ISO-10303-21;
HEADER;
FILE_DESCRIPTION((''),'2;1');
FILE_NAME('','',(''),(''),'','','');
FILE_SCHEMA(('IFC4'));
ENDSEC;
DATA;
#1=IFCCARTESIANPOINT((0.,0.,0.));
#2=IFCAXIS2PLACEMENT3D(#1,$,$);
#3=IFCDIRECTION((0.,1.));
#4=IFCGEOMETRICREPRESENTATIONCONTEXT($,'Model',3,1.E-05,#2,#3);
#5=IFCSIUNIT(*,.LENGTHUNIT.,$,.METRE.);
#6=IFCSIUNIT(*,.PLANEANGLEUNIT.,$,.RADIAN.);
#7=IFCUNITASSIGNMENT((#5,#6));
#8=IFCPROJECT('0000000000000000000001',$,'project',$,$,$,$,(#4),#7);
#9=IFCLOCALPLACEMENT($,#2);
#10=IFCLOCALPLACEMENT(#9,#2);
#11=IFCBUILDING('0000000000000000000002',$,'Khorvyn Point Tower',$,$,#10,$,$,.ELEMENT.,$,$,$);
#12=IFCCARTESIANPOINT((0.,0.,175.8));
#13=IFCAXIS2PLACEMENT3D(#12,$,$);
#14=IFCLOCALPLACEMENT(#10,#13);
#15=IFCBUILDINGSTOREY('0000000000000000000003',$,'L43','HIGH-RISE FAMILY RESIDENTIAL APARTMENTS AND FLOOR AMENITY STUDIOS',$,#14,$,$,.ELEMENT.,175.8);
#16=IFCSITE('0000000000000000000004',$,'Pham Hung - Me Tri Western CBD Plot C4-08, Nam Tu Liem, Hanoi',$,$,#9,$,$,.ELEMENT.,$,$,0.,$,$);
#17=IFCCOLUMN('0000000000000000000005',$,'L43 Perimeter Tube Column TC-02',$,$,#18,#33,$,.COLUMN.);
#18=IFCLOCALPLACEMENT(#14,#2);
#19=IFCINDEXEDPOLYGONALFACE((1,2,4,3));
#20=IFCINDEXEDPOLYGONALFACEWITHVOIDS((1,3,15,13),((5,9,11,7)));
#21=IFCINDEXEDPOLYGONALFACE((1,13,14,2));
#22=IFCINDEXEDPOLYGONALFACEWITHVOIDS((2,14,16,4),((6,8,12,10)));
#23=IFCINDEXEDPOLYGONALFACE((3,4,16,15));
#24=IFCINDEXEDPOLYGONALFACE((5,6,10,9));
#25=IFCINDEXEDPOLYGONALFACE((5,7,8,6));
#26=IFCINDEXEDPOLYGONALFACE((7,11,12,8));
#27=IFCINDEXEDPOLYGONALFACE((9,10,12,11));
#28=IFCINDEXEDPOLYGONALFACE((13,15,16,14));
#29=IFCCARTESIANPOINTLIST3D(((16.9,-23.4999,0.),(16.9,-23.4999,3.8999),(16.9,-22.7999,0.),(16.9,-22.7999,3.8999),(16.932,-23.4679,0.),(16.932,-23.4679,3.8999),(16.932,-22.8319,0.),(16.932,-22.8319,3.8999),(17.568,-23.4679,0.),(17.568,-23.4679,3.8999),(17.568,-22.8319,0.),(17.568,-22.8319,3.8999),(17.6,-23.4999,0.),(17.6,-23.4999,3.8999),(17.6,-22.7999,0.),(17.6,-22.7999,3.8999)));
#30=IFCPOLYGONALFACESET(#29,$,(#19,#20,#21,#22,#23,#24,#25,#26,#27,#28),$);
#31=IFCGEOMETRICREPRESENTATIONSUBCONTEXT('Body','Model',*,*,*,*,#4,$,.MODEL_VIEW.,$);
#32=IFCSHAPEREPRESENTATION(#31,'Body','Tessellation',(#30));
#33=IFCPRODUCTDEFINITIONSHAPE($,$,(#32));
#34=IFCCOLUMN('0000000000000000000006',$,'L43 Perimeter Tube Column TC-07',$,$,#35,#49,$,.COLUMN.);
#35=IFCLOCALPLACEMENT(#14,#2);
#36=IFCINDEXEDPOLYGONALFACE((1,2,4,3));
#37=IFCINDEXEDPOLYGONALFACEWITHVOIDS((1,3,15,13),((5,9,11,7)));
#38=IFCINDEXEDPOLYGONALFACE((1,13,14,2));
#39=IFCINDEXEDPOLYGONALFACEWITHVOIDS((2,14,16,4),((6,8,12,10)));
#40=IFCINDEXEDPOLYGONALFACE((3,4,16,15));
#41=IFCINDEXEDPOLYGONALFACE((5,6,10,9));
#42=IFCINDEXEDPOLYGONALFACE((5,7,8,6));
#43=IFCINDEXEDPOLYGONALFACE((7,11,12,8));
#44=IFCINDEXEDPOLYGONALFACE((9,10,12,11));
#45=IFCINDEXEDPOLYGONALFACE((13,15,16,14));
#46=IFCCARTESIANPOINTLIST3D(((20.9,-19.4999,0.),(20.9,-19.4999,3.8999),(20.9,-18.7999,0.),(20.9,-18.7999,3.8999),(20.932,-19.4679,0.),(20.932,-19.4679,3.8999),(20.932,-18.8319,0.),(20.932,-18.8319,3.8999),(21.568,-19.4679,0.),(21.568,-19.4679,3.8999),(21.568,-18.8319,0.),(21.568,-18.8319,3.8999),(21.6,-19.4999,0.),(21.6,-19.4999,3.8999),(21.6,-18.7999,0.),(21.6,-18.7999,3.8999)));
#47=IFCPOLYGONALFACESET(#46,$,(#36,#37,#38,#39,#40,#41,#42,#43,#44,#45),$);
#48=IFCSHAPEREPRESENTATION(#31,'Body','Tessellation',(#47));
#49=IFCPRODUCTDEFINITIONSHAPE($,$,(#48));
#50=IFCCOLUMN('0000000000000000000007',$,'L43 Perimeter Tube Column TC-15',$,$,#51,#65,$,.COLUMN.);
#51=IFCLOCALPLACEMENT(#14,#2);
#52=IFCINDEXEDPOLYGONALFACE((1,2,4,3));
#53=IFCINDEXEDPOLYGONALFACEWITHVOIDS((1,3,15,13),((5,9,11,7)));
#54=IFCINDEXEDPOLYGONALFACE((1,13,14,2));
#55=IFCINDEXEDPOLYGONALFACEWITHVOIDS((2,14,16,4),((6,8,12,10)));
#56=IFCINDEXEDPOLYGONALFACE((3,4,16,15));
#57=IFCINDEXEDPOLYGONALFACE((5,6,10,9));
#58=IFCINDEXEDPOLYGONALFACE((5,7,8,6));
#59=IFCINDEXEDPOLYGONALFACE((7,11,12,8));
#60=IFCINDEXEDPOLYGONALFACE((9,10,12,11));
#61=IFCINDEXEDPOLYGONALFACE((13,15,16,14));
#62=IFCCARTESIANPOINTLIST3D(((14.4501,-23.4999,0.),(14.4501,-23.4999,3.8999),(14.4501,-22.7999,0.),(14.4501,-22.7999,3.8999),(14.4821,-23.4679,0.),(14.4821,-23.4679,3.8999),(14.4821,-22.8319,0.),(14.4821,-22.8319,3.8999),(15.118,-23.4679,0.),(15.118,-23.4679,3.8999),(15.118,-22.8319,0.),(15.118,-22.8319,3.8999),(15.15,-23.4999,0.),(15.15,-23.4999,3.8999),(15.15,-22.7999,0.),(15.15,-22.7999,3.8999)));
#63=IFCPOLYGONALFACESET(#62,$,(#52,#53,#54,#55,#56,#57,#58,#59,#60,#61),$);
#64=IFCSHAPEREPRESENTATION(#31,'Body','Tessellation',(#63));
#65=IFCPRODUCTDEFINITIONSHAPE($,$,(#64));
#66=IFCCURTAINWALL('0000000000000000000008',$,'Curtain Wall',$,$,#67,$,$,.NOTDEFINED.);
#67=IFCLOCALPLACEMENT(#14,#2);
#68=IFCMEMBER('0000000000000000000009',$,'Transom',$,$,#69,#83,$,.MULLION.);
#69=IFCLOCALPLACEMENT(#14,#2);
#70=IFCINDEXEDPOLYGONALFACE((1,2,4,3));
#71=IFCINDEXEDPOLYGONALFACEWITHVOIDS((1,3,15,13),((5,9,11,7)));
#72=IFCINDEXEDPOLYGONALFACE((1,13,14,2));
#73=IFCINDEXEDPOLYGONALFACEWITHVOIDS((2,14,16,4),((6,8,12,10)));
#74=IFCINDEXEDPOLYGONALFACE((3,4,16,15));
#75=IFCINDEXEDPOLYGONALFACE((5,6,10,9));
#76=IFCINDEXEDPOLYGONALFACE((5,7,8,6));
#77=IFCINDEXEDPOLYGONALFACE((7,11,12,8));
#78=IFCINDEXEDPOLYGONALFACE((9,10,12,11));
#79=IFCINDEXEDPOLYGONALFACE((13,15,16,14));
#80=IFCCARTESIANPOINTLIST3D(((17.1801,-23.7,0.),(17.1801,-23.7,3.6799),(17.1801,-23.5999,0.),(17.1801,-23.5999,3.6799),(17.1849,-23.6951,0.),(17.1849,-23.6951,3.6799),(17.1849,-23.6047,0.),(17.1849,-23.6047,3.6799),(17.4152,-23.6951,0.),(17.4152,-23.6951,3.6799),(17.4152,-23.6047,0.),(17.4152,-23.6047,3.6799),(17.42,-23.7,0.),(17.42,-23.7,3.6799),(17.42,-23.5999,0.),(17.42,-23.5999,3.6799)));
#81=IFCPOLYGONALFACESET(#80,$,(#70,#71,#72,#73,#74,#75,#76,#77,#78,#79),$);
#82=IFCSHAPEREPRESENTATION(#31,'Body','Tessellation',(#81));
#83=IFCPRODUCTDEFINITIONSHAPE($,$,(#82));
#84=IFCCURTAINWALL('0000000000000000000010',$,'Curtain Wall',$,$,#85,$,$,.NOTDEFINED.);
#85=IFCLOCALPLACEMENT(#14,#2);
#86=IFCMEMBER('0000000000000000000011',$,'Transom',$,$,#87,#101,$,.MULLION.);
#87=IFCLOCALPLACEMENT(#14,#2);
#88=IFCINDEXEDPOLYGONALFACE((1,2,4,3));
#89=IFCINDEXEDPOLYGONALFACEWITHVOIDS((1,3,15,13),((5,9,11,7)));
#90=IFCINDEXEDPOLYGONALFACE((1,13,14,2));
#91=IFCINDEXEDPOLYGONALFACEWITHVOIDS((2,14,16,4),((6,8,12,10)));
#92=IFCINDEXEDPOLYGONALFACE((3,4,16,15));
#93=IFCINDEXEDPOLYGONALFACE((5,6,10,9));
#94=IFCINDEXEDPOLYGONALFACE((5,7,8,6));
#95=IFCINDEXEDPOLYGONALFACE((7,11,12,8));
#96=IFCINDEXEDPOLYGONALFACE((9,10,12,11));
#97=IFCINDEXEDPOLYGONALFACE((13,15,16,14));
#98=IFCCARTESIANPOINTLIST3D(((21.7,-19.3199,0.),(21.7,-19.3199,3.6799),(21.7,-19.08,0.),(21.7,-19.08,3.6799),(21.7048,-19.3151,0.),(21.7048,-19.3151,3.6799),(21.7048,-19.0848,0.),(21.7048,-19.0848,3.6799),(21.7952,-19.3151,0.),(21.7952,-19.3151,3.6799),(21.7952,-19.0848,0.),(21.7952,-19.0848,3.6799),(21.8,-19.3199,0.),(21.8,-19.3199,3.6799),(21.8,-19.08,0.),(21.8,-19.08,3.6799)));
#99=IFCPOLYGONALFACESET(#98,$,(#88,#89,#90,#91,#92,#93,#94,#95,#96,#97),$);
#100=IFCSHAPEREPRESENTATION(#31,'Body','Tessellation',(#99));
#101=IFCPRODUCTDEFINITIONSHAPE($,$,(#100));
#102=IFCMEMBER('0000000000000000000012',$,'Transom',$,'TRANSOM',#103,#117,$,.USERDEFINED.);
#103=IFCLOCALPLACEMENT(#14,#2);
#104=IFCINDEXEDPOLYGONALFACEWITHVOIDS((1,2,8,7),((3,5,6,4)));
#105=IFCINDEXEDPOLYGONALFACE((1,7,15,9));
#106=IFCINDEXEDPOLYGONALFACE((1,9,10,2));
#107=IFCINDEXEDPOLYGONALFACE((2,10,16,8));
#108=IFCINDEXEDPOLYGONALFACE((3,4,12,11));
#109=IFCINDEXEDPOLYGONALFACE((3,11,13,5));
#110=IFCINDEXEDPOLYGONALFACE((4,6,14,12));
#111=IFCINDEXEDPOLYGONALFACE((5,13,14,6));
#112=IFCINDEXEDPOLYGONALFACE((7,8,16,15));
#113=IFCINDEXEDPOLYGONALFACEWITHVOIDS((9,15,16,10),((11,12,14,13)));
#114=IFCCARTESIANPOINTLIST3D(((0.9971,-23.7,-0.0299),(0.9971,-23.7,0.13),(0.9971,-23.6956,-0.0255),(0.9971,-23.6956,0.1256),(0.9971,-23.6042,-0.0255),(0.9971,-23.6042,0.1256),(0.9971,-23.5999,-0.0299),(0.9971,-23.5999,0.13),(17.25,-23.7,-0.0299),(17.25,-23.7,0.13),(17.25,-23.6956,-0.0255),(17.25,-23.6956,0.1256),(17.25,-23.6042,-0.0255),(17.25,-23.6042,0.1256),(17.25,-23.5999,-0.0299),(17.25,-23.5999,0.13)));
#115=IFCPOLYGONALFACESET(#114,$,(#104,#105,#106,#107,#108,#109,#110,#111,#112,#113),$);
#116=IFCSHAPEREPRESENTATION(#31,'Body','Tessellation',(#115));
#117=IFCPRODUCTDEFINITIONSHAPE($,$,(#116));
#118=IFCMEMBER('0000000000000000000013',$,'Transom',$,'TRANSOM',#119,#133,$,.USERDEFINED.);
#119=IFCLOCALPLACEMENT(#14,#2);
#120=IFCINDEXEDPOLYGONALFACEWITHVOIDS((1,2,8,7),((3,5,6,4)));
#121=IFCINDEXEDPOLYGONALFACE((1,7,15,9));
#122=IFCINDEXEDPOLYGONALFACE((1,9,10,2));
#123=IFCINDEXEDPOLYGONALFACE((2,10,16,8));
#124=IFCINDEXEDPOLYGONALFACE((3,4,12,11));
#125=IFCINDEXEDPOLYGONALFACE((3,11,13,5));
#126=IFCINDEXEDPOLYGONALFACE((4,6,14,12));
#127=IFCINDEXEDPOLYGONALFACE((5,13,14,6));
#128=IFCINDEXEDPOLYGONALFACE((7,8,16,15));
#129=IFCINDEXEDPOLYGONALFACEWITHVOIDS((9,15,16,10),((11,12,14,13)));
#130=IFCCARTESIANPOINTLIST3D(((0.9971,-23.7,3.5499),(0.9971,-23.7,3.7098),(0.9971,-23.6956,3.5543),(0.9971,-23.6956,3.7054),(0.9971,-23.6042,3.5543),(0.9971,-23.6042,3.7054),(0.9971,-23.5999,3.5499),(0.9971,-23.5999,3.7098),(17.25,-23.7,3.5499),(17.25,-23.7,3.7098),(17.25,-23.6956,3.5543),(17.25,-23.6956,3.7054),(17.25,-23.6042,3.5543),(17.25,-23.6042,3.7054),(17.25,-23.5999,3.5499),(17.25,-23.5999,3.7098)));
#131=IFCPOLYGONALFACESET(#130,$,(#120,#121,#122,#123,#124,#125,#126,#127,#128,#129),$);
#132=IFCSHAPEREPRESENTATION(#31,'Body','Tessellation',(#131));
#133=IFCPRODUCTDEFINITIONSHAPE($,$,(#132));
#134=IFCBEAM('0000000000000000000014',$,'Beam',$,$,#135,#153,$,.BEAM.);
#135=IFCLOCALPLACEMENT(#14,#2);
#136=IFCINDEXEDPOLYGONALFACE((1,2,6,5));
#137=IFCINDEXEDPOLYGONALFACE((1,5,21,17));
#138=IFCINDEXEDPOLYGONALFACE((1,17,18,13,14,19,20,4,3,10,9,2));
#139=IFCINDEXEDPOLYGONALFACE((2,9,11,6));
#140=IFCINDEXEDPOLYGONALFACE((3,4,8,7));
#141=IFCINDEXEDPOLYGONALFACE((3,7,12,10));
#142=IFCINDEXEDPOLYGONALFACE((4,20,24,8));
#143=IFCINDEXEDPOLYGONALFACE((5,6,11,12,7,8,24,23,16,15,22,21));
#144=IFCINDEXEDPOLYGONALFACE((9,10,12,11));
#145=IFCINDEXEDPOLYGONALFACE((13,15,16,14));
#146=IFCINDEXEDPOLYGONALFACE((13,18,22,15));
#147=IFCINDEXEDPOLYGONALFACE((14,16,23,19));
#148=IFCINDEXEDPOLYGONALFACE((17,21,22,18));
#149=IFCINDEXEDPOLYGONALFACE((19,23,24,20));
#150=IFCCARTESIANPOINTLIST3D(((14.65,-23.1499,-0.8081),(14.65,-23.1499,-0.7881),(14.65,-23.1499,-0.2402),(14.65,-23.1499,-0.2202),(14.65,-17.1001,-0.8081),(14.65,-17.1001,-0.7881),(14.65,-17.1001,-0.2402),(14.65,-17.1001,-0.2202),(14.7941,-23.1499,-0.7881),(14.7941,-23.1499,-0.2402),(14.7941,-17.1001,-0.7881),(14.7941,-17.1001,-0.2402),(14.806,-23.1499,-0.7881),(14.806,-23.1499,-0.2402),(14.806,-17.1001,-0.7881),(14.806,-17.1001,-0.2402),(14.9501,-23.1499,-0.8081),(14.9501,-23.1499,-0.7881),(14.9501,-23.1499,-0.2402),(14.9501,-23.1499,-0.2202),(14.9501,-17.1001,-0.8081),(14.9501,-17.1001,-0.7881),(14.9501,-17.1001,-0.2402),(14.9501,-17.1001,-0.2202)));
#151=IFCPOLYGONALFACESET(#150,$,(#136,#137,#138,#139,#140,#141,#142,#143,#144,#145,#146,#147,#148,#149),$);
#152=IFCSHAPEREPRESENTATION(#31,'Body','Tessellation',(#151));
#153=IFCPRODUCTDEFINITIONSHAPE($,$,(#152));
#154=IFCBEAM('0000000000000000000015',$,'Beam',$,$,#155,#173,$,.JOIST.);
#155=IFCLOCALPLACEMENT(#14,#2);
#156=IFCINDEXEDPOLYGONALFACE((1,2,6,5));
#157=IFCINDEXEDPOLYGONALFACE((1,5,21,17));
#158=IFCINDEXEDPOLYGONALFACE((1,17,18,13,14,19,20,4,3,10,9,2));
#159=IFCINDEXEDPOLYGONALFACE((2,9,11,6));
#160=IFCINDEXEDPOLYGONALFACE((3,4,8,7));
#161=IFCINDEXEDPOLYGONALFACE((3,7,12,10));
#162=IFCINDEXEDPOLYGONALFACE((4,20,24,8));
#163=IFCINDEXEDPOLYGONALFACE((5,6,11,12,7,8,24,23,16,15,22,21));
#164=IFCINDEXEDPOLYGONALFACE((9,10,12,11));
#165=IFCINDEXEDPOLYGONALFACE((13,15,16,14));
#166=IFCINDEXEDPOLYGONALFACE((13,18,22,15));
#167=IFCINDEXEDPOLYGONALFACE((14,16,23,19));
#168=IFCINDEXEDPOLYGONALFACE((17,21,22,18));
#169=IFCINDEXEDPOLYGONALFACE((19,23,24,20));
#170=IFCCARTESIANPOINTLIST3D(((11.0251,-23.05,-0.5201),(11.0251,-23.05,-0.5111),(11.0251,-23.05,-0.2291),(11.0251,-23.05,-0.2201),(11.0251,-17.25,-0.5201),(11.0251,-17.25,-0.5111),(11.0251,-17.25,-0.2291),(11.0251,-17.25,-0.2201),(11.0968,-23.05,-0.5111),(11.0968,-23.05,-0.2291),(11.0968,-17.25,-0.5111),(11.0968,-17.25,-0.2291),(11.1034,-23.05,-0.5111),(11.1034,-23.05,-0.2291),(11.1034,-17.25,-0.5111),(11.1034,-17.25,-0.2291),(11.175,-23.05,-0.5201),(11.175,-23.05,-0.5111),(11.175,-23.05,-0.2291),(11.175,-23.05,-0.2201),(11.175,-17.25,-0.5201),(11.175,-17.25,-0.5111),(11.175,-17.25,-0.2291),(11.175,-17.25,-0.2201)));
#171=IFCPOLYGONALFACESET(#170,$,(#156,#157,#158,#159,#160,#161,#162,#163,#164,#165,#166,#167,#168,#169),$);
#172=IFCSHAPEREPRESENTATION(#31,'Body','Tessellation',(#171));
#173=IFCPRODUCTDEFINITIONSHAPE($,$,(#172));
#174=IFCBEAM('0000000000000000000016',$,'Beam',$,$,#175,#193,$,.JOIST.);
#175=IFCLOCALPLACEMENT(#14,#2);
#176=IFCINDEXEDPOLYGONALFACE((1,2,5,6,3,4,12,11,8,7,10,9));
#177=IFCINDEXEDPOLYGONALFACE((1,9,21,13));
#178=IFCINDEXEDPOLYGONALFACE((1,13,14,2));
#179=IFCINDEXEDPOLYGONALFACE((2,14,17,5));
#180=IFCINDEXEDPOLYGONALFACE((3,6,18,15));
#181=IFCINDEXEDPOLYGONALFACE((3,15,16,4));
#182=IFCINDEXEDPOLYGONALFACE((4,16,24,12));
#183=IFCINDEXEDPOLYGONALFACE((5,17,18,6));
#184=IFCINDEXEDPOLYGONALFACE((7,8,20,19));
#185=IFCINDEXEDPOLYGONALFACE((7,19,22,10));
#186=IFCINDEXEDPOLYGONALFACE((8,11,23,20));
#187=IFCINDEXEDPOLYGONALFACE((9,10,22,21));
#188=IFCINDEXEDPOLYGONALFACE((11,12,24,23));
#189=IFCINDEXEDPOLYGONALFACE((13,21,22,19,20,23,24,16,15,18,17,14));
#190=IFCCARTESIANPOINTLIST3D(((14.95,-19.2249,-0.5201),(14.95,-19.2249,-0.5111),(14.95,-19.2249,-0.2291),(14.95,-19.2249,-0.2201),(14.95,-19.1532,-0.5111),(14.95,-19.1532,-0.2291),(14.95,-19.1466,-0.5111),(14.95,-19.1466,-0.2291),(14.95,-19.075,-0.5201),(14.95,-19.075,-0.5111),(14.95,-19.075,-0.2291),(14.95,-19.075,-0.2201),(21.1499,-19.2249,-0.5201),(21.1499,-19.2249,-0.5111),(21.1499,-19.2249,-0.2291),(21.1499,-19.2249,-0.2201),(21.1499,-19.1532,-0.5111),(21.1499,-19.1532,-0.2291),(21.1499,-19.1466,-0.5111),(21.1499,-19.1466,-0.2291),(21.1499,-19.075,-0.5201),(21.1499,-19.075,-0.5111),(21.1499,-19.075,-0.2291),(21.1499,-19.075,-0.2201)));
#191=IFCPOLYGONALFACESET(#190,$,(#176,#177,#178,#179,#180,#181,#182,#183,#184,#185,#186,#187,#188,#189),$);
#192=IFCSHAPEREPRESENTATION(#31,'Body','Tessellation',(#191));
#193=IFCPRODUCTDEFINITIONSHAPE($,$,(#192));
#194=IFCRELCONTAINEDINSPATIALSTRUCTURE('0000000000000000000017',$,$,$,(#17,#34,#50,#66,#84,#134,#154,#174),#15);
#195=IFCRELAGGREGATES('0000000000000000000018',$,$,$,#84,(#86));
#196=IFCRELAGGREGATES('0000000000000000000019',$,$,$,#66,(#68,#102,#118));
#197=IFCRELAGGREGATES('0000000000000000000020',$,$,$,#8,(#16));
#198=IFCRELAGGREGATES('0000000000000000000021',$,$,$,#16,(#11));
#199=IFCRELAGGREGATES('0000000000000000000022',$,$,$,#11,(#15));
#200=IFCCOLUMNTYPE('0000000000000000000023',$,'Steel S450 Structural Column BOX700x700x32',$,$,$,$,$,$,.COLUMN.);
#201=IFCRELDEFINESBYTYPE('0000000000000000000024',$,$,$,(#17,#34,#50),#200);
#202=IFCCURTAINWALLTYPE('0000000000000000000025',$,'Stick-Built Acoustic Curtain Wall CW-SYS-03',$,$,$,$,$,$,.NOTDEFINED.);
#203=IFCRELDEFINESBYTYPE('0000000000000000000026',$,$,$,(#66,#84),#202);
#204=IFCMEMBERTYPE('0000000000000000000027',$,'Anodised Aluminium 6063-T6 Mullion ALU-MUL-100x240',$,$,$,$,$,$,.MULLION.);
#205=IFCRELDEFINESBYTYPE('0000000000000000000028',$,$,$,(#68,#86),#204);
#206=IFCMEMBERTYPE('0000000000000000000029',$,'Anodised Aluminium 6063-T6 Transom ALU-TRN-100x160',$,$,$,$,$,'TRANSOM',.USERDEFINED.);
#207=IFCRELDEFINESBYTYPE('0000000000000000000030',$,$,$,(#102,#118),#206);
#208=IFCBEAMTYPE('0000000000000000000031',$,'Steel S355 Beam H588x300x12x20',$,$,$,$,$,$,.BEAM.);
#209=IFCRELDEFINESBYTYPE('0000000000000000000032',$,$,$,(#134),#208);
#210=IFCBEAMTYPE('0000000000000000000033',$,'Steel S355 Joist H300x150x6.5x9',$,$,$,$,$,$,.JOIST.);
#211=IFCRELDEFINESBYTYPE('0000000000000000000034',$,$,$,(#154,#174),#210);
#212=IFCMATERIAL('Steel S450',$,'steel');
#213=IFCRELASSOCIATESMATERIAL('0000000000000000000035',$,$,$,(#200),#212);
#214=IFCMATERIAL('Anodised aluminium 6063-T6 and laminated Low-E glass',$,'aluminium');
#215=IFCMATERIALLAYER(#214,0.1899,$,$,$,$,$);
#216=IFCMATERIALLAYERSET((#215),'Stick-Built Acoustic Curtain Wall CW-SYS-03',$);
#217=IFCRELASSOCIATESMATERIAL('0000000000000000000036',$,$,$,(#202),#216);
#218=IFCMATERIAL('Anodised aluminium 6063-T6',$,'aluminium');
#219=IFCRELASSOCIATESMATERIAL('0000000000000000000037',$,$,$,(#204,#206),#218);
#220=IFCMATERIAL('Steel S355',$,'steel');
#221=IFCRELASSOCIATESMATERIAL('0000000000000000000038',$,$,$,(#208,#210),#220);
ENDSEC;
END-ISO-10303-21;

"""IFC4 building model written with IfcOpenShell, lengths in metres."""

from ifc_helpers import new_model, si_unit, direction, frame, origin, origin_2d, place, context, subcontext, project, spatial, hollow_rectangle, i_section, extrude, material, layer, layer_set, material_profile, profile_set, type_object, element, aggregate, save


model = new_model("IFC4")

# Units and contexts
model_context = context("Model", 3, precision=1e-05, world=origin(), true_north=direction((0.0, 1.0)))
body_context = subcontext(model_context, "Body", "Model", "MODEL_VIEW")
ifc_project = project(units=[si_unit("LENGTHUNIT", "METRE"), si_unit("PLANEANGLEUNIT", "RADIAN")], contexts=[model_context])

# Site, building, storey
site_placement = place(None, origin())
site = spatial("IfcSite", under=ifc_project, at=site_placement, Name="Pham Hung - Me Tri Western CBD Plot C4-08, Nam Tu Liem, Hanoi", CompositionType="ELEMENT", RefElevation=0.0)
building_placement = place(site_placement, origin())
building = spatial("IfcBuilding", under=site, at=building_placement, Name="Khorvyn Point Tower", CompositionType="ELEMENT")
storey_placement = place(building_placement, frame((0.0, 0.0, 175.8)))
storey = spatial("IfcBuildingStorey", under=building, at=storey_placement, Name="L43", Description="HIGH-RISE FAMILY RESIDENTIAL APARTMENTS AND FLOOR AMENITY STUDIOS", CompositionType="ELEMENT", Elevation=175.8)

# Columns
ifc_material_1 = material(Name="Steel S450", Category="steel")
ifc_material_profile_1 = material_profile(ifc_material_1, hollow_rectangle(XDim=0.7, YDim=0.7, WallThickness=0.032, at=origin_2d()))
ifc_profile_set_1 = profile_set([ifc_material_profile_1], Name="Steel S450 BOX700x700x32")
column_type = type_object("IfcColumnType", Name="Steel S450 Structural Column BOX700x700x32", PredefinedType="COLUMN", material=ifc_profile_set_1)
for number, where, z_axis, x_axis, name in (
    (1, (17.25, -23.1499, 0.0), (0.0, 0.0, 1.0), (1.0, 0.0, 0.0), "L43 Perimeter Tube Column TC-02"),
    (2, (21.25, -19.1499, 0.0), (0.0, 0.0, 1.0), (1.0, 0.0, 0.0), "L43 Perimeter Tube Column TC-07"),
    (3, (14.8, -23.1499, 0.0), (0.0, 0.0, 1.0), (1.0, 0.0, 0.0), "L43 Perimeter Tube Column TC-15"),
):
    element("IfcColumn", number, at=place(storey_placement, frame(where, z_axis=z_axis, x_axis=x_axis)), inside=storey, type_object=column_type, Name=name, PredefinedType="COLUMN", context=body_context, shape_type="SweptSolid", body=[
        extrude(hollow_rectangle(XDim=0.7, YDim=0.7, WallThickness=0.032, at=origin_2d()), origin(), (0.0, 0.0, 1.0), 3.8999),
    ])

# Curtain walls, members
ifc_material_2 = material(Name="Anodised aluminium 6063-T6 and laminated Low-E glass", Category="aluminium")
ifc_layer_1 = layer(ifc_material_2, 0.1899)
ifc_layer_set_1 = layer_set([ifc_layer_1], Name="Stick-Built Acoustic Curtain Wall CW-SYS-03")
curtain_wall_type = type_object("IfcCurtainWallType", Name="Stick-Built Acoustic Curtain Wall CW-SYS-03", PredefinedType="NOTDEFINED", material=ifc_layer_set_1)
curtain_wall_1_placement = place(storey_placement, origin())
curtain_wall_1 = element("IfcCurtainWall", 4, at=curtain_wall_1_placement, inside=storey, type_object=curtain_wall_type, Name="Curtain Wall", PredefinedType="NOTDEFINED")
ifc_material_3 = material(Name="Anodised aluminium 6063-T6", Category="aluminium")
ifc_material_profile_2 = material_profile(ifc_material_3, hollow_rectangle(XDim=0.1001, YDim=0.24, WallThickness=0.0049, at=origin_2d()))
ifc_profile_set_2 = profile_set([ifc_material_profile_2], Name="Anodised aluminium 6063-T6 ALU-MUL-100x240")
member_type_1 = type_object("IfcMemberType", Name="Anodised Aluminium 6063-T6 Mullion ALU-MUL-100x240", PredefinedType="MULLION", material=ifc_profile_set_2)
member_1_placement = place(storey_placement, frame((17.3, -23.6499, 0.0), z_axis=(0.0, 0.0, 1.0), x_axis=(0.0, -1.0, 0.0)))
member_1 = element("IfcMember", 5, at=member_1_placement, type_object=member_type_1, Name="Transom", PredefinedType="MULLION", context=body_context, shape_type="SweptSolid", body=[
    extrude(hollow_rectangle(XDim=0.1001, YDim=0.24, WallThickness=0.0049, at=origin_2d()), origin(), (0.0, 0.0, 1.0), 3.6799),
])
curtain_wall_2_placement = place(storey_placement, origin())
curtain_wall_2 = element("IfcCurtainWall", 6, at=curtain_wall_2_placement, inside=storey, type_object=curtain_wall_type, Name="Curtain Wall", PredefinedType="NOTDEFINED")
member_2_placement = place(storey_placement, frame((21.75, -19.2, 0.0), z_axis=(0.0, 0.0, 1.0), x_axis=(1.0, 0.0, 0.0)))
member_2 = element("IfcMember", 7, at=member_2_placement, type_object=member_type_1, Name="Transom", PredefinedType="MULLION", context=body_context, shape_type="SweptSolid", body=[
    extrude(hollow_rectangle(XDim=0.1001, YDim=0.24, WallThickness=0.0049, at=origin_2d()), origin(), (0.0, 0.0, 1.0), 3.6799),
])
aggregate(curtain_wall_2, [member_2])

# Members
ifc_material_profile_3 = material_profile(ifc_material_3, hollow_rectangle(XDim=0.1001, YDim=0.1599, WallThickness=0.0044, at=origin_2d()))
ifc_profile_set_3 = profile_set([ifc_material_profile_3], Name="Anodised aluminium 6063-T6 ALU-TRN-100x160")
member_type_2 = type_object("IfcMemberType", Name="Anodised Aluminium 6063-T6 Transom ALU-TRN-100x160", ElementType="TRANSOM", PredefinedType="USERDEFINED", material=ifc_profile_set_3)
member_3_placement = place(storey_placement, frame((17.25, -23.6499, 0.05), z_axis=(-1.0, 0.0, 0.0), x_axis=(0.0, -1.0, 0.0)))
member_3 = element("IfcMember", 8, at=member_3_placement, type_object=member_type_2, Name="Transom", ObjectType="TRANSOM", PredefinedType="USERDEFINED", context=body_context, shape_type="SweptSolid", body=[
    extrude(hollow_rectangle(XDim=0.1001, YDim=0.1599, WallThickness=0.0044, at=origin_2d()), origin(), (0.0, 0.0, 1.0), 16.2529),
])
member_4_placement = place(storey_placement, frame((17.25, -23.6499, 3.6299), z_axis=(-1.0, 0.0, 0.0), x_axis=(0.0, -1.0, 0.0)))
member_4 = element("IfcMember", 9, at=member_4_placement, type_object=member_type_2, Name="Transom", ObjectType="TRANSOM", PredefinedType="USERDEFINED", context=body_context, shape_type="SweptSolid", body=[
    extrude(hollow_rectangle(XDim=0.1001, YDim=0.1599, WallThickness=0.0044, at=origin_2d()), origin(), (0.0, 0.0, 1.0), 16.2529),
])

# Beams
ifc_material_4 = material(Name="Steel S355", Category="steel")
ifc_material_profile_4 = material_profile(ifc_material_4, i_section(OverallWidth=0.3, OverallDepth=0.5879, WebThickness=0.012, FlangeThickness=0.02, at=origin_2d()))
ifc_profile_set_4 = profile_set([ifc_material_profile_4], Name="Steel S355 H588x300x12x20")
beam_type_1 = type_object("IfcBeamType", Name="Steel S355 Beam H588x300x12x20", PredefinedType="BEAM", material=ifc_profile_set_4)
beam_1_placement = place(storey_placement, frame((14.8, -23.1499, -0.5142), z_axis=(0.0, 1.0, 0.0), x_axis=(-1.0, 0.0, 0.0)))
element("IfcBeam", 10, at=beam_1_placement, inside=storey, type_object=beam_type_1, Name="Beam", PredefinedType="BEAM", context=body_context, shape_type="SweptSolid", body=[
    extrude(i_section(OverallWidth=0.3, OverallDepth=0.5879, WebThickness=0.012, FlangeThickness=0.02, at=origin_2d()), origin(), (0.0, 0.0, 1.0), 6.0498),
])
ifc_material_profile_5 = material_profile(ifc_material_4, i_section(OverallWidth=0.1499, OverallDepth=0.3, WebThickness=0.0066, FlangeThickness=0.009, at=origin_2d()))
ifc_profile_set_5 = profile_set([ifc_material_profile_5], Name="Steel S355 H300x150x6.5x9")
beam_type_2 = type_object("IfcBeamType", Name="Steel S355 Joist H300x150x6.5x9", PredefinedType="JOIST", material=ifc_profile_set_5)
beam_2_placement = place(storey_placement, frame((11.1001, -23.05, -0.3701), z_axis=(0.0, 1.0, 0.0), x_axis=(-1.0, 0.0, 0.0)))
element("IfcBeam", 11, at=beam_2_placement, inside=storey, type_object=beam_type_2, Name="Beam", PredefinedType="JOIST", context=body_context, shape_type="SweptSolid", body=[
    extrude(i_section(OverallWidth=0.1499, OverallDepth=0.3, WebThickness=0.0066, FlangeThickness=0.009, at=origin_2d()), origin(), (0.0, 0.0, 1.0), 5.8),
])
beam_3_placement = place(storey_placement, frame((14.95, -19.1499, -0.3701), z_axis=(1.0, 0.0, 0.0), x_axis=(0.0, 1.0, 0.0)))
element("IfcBeam", 12, at=beam_3_placement, inside=storey, type_object=beam_type_2, Name="Beam", PredefinedType="JOIST", context=body_context, shape_type="SweptSolid", body=[
    extrude(i_section(OverallWidth=0.1499, OverallDepth=0.3, WebThickness=0.0066, FlangeThickness=0.009, at=origin_2d()), origin(), (0.0, 0.0, 1.0), 6.2),
])

aggregate(curtain_wall_1, [member_1, member_3, member_4])

save(model, "model.ifc")
